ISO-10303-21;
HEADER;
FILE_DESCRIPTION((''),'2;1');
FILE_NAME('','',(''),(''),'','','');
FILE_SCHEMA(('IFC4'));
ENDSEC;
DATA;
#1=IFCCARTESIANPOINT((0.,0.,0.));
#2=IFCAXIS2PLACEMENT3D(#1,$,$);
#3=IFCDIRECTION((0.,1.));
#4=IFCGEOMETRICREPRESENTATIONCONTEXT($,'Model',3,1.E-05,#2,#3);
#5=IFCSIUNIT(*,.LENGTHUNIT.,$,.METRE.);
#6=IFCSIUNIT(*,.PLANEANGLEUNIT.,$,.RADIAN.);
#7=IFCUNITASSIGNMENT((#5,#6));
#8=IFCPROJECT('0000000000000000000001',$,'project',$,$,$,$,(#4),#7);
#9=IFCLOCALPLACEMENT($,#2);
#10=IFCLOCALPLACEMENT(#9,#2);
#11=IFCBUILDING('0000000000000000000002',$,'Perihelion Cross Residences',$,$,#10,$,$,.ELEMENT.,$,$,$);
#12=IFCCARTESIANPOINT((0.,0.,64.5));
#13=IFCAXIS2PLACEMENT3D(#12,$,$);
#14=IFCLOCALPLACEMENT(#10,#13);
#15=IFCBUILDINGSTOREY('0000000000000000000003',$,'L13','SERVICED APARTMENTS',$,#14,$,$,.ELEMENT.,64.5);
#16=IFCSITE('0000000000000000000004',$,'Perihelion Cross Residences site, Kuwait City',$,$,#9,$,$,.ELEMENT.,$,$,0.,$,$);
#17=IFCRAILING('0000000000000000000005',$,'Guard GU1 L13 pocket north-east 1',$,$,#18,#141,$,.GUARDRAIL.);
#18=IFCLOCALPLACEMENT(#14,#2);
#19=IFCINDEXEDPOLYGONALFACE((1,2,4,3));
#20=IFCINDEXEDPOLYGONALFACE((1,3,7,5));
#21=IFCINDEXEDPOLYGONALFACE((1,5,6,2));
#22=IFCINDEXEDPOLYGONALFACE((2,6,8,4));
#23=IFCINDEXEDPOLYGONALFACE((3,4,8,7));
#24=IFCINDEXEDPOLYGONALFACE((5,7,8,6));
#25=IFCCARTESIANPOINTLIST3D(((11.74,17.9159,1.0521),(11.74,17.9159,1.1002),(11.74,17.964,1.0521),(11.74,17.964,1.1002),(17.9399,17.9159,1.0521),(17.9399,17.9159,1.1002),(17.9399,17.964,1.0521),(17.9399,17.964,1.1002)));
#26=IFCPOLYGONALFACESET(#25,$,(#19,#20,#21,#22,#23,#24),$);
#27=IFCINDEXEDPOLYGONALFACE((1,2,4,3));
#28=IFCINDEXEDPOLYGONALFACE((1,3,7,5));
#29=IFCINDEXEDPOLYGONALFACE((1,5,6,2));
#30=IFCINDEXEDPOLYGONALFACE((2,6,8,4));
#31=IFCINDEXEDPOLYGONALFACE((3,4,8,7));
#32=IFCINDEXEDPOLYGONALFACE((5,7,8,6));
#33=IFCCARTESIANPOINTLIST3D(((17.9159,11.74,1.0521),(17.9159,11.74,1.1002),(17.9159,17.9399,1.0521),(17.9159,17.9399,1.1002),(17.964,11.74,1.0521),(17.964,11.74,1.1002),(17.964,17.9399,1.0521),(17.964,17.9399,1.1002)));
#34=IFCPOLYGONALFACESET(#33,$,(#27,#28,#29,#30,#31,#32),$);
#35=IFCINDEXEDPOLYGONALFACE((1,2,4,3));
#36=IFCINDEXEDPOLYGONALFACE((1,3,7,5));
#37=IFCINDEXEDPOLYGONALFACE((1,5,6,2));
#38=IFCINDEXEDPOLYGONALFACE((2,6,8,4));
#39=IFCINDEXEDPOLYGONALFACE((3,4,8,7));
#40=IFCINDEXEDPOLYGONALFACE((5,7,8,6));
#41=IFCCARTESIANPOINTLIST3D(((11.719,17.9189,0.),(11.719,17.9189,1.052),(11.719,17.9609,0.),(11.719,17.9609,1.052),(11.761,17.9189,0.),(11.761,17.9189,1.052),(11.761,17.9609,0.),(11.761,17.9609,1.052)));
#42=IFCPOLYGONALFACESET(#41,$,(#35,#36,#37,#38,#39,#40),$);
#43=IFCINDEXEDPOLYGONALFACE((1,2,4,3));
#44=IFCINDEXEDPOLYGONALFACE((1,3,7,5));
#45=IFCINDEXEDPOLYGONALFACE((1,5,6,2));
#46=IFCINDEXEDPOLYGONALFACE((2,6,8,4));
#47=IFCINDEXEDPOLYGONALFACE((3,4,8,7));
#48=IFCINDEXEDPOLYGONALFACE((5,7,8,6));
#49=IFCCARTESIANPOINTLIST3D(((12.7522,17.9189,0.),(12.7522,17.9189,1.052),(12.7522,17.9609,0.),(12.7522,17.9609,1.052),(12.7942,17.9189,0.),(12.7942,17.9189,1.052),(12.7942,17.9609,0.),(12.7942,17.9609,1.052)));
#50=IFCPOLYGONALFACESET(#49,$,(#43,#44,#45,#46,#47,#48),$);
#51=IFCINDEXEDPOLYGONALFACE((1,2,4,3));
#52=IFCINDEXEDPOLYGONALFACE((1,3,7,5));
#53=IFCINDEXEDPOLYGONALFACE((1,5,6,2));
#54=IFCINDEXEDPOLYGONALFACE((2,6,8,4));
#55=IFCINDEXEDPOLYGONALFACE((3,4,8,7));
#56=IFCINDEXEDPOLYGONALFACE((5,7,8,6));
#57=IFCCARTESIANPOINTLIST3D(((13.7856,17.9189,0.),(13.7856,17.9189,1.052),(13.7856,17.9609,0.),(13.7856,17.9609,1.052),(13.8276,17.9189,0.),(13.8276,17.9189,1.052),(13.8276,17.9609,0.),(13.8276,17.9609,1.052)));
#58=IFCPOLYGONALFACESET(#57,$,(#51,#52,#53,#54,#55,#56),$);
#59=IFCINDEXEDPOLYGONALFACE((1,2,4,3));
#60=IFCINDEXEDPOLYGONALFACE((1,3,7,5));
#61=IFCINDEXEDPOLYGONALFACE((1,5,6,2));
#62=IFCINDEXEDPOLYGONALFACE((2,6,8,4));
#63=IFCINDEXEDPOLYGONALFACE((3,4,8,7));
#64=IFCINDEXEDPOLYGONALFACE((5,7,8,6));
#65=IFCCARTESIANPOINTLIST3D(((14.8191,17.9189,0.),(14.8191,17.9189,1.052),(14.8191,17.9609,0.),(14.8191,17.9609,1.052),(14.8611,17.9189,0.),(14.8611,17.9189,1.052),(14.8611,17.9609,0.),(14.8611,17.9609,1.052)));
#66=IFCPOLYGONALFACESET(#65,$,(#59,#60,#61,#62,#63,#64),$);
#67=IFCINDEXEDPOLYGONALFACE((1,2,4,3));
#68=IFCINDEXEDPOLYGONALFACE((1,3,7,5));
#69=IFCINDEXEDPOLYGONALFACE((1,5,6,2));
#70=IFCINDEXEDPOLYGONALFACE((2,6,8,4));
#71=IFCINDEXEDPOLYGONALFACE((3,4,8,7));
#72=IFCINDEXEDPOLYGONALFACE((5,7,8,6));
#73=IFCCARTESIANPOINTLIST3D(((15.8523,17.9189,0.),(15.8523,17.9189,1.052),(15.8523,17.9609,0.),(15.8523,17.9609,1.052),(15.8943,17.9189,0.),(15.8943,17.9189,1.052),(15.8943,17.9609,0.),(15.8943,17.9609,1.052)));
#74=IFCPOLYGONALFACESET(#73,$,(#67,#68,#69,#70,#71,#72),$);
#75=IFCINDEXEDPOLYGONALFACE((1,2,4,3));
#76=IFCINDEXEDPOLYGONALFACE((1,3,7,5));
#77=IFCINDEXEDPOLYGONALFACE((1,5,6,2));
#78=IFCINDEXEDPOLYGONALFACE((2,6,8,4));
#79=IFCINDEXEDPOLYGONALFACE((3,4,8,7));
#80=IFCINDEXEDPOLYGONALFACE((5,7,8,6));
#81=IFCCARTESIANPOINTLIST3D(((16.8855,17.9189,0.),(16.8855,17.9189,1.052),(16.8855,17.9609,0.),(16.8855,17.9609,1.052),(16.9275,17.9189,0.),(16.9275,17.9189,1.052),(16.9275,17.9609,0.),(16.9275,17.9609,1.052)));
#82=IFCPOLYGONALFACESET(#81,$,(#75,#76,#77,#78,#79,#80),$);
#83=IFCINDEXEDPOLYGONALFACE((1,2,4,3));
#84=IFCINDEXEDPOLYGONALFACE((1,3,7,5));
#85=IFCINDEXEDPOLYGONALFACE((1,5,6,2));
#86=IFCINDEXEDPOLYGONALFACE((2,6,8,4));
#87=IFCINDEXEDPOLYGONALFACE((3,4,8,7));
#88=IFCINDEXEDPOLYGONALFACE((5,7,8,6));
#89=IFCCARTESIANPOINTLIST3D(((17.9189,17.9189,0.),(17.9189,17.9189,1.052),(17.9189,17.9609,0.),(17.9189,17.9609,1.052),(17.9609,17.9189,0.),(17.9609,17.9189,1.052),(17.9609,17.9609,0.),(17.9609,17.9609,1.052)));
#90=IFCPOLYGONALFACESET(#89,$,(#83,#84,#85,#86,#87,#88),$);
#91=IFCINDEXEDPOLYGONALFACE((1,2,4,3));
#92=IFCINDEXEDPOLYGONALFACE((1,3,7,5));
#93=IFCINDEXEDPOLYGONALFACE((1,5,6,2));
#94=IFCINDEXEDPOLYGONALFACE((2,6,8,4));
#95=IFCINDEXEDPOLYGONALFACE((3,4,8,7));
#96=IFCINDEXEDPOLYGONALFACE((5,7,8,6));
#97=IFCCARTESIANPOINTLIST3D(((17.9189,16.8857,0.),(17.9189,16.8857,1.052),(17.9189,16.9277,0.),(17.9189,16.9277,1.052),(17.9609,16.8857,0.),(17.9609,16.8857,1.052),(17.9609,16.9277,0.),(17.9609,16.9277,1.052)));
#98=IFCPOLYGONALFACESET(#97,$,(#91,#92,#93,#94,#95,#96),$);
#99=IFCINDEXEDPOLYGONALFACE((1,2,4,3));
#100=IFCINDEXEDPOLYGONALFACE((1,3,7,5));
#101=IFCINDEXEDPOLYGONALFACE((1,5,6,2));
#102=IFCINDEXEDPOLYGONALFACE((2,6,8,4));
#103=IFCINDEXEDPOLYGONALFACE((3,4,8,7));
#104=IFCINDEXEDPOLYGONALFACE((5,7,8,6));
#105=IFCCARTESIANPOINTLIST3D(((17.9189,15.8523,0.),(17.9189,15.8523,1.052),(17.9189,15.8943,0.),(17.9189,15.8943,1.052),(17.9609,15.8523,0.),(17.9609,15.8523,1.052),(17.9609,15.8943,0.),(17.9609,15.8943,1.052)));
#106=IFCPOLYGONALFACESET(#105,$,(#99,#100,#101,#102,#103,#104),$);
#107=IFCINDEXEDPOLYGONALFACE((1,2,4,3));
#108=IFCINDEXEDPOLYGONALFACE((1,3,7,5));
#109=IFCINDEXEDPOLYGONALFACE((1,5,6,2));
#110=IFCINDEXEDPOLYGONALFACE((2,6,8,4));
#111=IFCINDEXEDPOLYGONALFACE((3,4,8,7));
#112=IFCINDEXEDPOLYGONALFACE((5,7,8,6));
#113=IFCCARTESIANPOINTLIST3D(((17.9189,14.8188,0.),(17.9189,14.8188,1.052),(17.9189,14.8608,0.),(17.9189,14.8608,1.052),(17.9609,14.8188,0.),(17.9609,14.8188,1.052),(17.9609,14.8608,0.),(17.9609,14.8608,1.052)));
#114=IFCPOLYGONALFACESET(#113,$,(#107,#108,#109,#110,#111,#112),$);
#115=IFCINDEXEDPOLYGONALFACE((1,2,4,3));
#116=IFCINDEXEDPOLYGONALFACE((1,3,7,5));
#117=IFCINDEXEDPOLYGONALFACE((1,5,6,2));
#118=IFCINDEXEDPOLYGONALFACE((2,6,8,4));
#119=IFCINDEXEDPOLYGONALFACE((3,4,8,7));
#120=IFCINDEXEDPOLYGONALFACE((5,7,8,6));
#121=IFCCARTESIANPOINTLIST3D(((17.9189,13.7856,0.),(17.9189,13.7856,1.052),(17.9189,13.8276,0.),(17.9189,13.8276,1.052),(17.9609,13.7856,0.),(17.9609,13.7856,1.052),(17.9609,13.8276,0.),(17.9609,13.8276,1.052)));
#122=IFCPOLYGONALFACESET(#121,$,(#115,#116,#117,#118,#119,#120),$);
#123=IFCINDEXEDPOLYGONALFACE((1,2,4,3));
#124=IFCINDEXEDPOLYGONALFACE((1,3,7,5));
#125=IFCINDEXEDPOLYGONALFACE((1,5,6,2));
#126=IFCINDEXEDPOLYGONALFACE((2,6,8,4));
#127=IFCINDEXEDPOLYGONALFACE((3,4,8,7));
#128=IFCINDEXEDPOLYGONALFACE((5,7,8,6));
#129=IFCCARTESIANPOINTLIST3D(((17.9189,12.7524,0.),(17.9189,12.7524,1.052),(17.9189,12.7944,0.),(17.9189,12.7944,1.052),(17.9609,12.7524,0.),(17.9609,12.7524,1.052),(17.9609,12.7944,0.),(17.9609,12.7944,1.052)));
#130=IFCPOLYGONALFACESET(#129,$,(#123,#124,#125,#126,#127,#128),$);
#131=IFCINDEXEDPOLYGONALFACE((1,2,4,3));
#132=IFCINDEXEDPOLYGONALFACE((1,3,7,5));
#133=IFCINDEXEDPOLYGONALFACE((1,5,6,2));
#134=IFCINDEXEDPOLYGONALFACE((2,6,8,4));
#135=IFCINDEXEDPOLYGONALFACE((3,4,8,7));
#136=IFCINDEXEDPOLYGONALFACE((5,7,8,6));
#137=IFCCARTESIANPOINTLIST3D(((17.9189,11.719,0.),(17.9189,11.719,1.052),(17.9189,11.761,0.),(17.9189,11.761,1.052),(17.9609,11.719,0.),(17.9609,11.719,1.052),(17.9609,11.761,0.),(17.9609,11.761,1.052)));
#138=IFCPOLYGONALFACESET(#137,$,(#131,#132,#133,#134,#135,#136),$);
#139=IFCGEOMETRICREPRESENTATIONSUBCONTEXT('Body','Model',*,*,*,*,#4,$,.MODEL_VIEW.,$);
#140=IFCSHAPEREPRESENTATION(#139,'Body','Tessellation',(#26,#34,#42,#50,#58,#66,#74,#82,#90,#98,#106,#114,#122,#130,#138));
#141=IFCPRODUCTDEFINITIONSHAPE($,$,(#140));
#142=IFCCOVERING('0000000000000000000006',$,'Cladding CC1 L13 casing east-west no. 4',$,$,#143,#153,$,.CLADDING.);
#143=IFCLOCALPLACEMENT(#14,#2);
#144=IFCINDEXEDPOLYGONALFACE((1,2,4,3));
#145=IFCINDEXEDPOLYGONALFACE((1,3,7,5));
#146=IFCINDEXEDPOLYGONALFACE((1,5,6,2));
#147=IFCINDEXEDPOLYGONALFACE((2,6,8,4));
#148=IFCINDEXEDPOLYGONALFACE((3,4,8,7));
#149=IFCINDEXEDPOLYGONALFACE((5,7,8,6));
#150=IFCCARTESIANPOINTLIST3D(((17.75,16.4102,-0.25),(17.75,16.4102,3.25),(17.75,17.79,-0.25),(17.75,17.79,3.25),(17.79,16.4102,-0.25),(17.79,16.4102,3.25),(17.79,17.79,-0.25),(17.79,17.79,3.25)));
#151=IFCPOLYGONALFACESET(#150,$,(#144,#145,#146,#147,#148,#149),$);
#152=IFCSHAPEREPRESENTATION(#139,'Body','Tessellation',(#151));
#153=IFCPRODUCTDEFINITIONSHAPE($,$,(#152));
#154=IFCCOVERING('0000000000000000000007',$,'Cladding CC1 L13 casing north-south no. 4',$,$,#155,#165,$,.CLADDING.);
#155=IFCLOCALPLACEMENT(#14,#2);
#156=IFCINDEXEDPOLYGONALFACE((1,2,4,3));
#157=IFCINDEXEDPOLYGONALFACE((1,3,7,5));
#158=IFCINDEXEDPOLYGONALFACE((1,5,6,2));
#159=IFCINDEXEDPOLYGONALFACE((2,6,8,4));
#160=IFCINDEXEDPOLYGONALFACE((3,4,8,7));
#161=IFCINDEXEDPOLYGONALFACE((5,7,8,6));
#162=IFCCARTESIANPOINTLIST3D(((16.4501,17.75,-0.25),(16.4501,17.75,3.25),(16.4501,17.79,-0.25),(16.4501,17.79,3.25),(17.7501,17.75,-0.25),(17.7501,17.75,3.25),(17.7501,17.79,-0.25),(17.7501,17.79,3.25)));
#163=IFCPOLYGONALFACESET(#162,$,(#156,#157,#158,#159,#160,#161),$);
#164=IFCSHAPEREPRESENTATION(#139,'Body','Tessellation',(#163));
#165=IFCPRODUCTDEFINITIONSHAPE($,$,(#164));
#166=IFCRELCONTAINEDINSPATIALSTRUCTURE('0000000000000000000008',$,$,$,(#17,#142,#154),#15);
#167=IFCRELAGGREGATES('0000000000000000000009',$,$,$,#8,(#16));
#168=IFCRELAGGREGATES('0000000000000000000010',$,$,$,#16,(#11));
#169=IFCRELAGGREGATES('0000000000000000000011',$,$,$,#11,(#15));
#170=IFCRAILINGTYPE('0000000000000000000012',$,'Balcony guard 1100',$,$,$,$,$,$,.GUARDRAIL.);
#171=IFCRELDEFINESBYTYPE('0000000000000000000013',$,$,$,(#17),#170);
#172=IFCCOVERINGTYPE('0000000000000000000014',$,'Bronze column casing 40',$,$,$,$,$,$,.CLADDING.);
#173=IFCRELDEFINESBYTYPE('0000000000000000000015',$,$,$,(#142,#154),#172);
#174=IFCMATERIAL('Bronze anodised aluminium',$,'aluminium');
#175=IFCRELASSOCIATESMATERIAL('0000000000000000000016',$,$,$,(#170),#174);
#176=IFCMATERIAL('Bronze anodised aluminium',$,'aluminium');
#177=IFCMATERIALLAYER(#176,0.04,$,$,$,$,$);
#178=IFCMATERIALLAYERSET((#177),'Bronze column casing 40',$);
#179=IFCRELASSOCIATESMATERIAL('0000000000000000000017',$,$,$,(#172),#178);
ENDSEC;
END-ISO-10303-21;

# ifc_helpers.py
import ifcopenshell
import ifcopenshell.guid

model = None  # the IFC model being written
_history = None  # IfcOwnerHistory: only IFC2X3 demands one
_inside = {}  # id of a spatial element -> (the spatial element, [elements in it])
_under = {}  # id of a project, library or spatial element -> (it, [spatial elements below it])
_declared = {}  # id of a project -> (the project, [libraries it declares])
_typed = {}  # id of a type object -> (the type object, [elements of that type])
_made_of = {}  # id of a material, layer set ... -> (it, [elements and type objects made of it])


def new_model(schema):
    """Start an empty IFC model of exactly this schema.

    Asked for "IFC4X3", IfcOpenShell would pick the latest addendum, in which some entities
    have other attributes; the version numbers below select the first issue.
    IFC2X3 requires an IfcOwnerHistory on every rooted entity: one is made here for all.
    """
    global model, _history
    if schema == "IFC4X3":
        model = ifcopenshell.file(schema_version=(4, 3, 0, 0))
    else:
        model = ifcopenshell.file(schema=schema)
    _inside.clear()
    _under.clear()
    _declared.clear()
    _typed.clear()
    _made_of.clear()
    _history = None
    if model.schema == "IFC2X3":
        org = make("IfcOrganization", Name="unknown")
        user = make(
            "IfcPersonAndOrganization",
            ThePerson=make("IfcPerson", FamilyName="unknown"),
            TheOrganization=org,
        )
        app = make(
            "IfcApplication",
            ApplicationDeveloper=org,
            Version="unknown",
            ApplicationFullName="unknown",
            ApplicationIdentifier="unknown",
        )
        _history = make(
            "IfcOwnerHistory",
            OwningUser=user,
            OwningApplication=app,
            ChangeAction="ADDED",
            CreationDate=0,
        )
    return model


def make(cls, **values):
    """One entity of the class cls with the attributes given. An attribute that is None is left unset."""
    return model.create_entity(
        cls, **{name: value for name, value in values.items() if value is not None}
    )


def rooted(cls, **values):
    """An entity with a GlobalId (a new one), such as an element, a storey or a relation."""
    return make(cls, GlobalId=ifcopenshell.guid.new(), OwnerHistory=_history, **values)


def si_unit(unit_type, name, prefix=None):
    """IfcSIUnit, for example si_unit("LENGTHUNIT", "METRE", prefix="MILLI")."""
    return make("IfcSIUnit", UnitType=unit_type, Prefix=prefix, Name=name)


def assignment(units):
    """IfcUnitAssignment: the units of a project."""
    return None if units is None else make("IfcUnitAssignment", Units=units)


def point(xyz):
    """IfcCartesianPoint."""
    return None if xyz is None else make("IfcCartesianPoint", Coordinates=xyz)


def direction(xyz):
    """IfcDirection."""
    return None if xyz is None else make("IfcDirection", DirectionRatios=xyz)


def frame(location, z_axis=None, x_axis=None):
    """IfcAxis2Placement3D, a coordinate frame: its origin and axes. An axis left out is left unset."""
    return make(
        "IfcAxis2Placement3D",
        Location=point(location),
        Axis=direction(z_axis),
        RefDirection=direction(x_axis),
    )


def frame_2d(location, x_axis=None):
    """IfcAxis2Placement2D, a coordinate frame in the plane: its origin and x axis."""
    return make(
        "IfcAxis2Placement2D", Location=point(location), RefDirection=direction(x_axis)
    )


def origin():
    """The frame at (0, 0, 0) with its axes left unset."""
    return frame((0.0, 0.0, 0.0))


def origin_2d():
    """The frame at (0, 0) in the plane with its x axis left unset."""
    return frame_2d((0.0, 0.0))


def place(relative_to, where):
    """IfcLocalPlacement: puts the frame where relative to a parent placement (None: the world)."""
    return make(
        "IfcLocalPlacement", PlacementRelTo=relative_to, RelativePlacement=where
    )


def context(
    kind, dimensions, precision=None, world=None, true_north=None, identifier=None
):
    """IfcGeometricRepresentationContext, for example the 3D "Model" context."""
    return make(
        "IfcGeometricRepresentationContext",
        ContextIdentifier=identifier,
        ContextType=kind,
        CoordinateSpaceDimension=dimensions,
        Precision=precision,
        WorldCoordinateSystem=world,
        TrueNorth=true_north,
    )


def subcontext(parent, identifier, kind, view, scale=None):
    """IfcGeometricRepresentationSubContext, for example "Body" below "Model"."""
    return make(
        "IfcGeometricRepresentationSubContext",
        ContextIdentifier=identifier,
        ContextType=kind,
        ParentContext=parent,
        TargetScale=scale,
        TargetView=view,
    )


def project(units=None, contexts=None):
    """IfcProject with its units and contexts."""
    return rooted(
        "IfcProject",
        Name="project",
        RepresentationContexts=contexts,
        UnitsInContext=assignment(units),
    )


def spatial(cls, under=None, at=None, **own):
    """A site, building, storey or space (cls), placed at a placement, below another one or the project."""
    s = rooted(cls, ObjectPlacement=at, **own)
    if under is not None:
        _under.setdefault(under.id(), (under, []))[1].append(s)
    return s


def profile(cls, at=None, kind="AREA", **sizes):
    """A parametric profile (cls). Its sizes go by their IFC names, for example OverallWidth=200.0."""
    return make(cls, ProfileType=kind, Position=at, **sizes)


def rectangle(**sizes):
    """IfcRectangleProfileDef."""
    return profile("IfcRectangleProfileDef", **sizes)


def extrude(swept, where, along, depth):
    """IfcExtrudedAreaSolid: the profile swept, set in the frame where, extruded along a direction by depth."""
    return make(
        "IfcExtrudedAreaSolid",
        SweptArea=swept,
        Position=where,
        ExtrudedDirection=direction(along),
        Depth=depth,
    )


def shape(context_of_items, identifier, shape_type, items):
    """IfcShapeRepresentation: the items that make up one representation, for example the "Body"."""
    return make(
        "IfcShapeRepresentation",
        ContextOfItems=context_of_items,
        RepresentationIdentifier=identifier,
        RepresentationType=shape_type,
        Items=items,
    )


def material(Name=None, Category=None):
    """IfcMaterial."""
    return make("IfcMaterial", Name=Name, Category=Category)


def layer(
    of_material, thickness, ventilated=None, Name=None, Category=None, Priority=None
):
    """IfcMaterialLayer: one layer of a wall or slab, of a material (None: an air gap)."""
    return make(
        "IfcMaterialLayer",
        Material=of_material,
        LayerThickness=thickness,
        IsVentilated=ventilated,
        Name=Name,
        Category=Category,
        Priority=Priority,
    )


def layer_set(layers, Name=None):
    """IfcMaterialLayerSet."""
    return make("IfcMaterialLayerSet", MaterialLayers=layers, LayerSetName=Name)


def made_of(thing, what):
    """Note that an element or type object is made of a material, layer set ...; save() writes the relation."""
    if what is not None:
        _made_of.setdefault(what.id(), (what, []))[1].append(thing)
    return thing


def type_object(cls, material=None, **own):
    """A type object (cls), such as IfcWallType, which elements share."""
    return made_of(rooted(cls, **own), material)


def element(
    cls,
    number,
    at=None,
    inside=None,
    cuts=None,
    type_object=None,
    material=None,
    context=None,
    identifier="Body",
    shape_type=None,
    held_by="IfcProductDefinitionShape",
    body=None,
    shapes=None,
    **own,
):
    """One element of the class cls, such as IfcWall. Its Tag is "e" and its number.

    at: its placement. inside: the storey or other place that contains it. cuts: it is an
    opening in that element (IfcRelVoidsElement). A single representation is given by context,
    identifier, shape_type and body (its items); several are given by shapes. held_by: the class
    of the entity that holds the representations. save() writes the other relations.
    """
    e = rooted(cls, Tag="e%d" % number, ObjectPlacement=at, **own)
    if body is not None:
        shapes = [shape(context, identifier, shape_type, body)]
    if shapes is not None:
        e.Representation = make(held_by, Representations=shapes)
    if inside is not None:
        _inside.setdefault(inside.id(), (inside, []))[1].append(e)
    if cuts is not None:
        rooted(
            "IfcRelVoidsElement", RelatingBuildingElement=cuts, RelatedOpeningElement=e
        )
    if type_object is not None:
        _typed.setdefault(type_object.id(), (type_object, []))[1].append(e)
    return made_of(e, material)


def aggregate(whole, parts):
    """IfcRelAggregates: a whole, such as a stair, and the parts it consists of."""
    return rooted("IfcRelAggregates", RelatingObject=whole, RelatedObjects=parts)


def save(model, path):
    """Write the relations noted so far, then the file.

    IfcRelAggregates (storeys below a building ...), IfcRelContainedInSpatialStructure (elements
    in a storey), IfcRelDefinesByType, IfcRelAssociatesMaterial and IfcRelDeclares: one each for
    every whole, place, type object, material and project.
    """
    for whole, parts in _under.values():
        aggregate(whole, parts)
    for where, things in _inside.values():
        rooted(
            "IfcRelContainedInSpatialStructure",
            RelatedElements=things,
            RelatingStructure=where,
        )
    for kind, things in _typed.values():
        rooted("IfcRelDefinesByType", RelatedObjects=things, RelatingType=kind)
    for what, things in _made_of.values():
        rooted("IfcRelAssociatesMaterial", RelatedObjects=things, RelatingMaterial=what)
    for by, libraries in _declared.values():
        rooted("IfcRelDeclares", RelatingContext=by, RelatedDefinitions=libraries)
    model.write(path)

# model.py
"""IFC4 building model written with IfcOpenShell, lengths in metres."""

from ifc_helpers import new_model, si_unit, direction, frame, origin, origin_2d, place, context, subcontext, project, spatial, rectangle, extrude, material, layer, layer_set, type_object, element, save


model = new_model("IFC4")

# Units and contexts
model_context = context("Model", 3, precision=1e-05, world=origin(), true_north=direction((0.0, 1.0)))
body_context = subcontext(model_context, "Body", "Model", "MODEL_VIEW")
ifc_project = project(units=[si_unit("LENGTHUNIT", "METRE"), si_unit("PLANEANGLEUNIT", "RADIAN")], contexts=[model_context])

# Site, building, storey
site_placement = place(None, origin())
site = spatial("IfcSite", under=ifc_project, at=site_placement, Name="Perihelion Cross Residences site, Kuwait City", CompositionType="ELEMENT", RefElevation=0.0)
building_placement = place(site_placement, origin())
building = spatial("IfcBuilding", under=site, at=building_placement, Name="Perihelion Cross Residences", CompositionType="ELEMENT")
storey_placement = place(building_placement, frame((0.0, 0.0, 64.5)))
storey = spatial("IfcBuildingStorey", under=building, at=storey_placement, Name="L13", Description="SERVICED APARTMENTS", CompositionType="ELEMENT", Elevation=64.5)

# Railing
ifc_material_1 = material(Name="Bronze anodised aluminium", Category="aluminium")
railing_type = type_object("IfcRailingType", Name="Balcony guard 1100", PredefinedType="GUARDRAIL", material=ifc_material_1)
railing_1_placement = place(storey_placement, frame((11.74, 17.9399, 0.0)))
element("IfcRailing", 1, at=railing_1_placement, inside=storey, type_object=railing_type, Name="Guard GU1 L13 pocket north-east 1", PredefinedType="GUARDRAIL", context=body_context, shape_type="SweptSolid", body=[
    extrude(rectangle(XDim=0.0481, YDim=0.0481, at=origin_2d()), frame((0.0, 0.0, 1.0762), z_axis=(1.0, 0.0, 0.0), x_axis=(0.0, 1.0, 0.0)), (0.0, 0.0, 1.0), 6.2),
    extrude(rectangle(XDim=0.0481, YDim=0.0481, at=origin_2d()), frame((6.2, 0.0, 1.0762), z_axis=(0.0, -1.0, 0.0), x_axis=(1.0, 0.0, 0.0)), (0.0, 0.0, 1.0), 6.2),
    extrude(rectangle(XDim=0.042, YDim=0.042, at=origin_2d()), origin(), (0.0, 0.0, 1.0), 1.052),
    extrude(rectangle(XDim=0.042, YDim=0.042, at=origin_2d()), frame((1.0332, 0.0, 0.0)), (0.0, 0.0, 1.0), 1.052),
    extrude(rectangle(XDim=0.042, YDim=0.042, at=origin_2d()), frame((2.0667, 0.0, 0.0)), (0.0, 0.0, 1.0), 1.052),
    extrude(rectangle(XDim=0.042, YDim=0.042, at=origin_2d()), frame((3.1001, 0.0, 0.0)), (0.0, 0.0, 1.0), 1.052),
    extrude(rectangle(XDim=0.042, YDim=0.042, at=origin_2d()), frame((4.1333, 0.0, 0.0)), (0.0, 0.0, 1.0), 1.052),
    extrude(rectangle(XDim=0.042, YDim=0.042, at=origin_2d()), frame((5.1665, 0.0, 0.0)), (0.0, 0.0, 1.0), 1.052),
    extrude(rectangle(XDim=0.042, YDim=0.042, at=origin_2d()), frame((6.2, 0.0, 0.0)), (0.0, 0.0, 1.0), 1.052),
    extrude(rectangle(XDim=0.042, YDim=0.042, at=origin_2d()), frame((6.2, -1.0332, 0.0)), (0.0, 0.0, 1.0), 1.052),
    extrude(rectangle(XDim=0.042, YDim=0.042, at=origin_2d()), frame((6.2, -2.0667, 0.0)), (0.0, 0.0, 1.0), 1.052),
    extrude(rectangle(XDim=0.042, YDim=0.042, at=origin_2d()), frame((6.2, -3.1001, 0.0)), (0.0, 0.0, 1.0), 1.052),
    extrude(rectangle(XDim=0.042, YDim=0.042, at=origin_2d()), frame((6.2, -4.1333, 0.0)), (0.0, 0.0, 1.0), 1.052),
    extrude(rectangle(XDim=0.042, YDim=0.042, at=origin_2d()), frame((6.2, -5.1665, 0.0)), (0.0, 0.0, 1.0), 1.052),
    extrude(rectangle(XDim=0.042, YDim=0.042, at=origin_2d()), frame((6.2, -6.2, 0.0)), (0.0, 0.0, 1.0), 1.052),
])

# Coverings
ifc_material_2 = material(Name="Bronze anodised aluminium", Category="aluminium")
ifc_layer_1 = layer(ifc_material_2, 0.04)
ifc_layer_set_1 = layer_set([ifc_layer_1], Name="Bronze column casing 40")
covering_type = type_object("IfcCoveringType", Name="Bronze column casing 40", PredefinedType="CLADDING", material=ifc_layer_set_1)
covering_1_placement = place(storey_placement, frame((17.77, 17.1001, -0.25), z_axis=(0.0, 0.0, 1.0), x_axis=(1.0, 0.0, 0.0)))
element("IfcCovering", 2, at=covering_1_placement, inside=storey, type_object=covering_type, Name="Cladding CC1 L13 casing east-west no. 4", PredefinedType="CLADDING", context=body_context, shape_type="SweptSolid", body=[
    extrude(rectangle(XDim=0.04, YDim=1.3799, at=origin_2d()), origin(), (0.0, 0.0, 1.0), 3.5),
])
covering_2_placement = place(storey_placement, frame((17.1001, 17.77, -0.25), z_axis=(0.0, 0.0, 1.0), x_axis=(1.0, 0.0, 0.0)))
element("IfcCovering", 3, at=covering_2_placement, inside=storey, type_object=covering_type, Name="Cladding CC1 L13 casing north-south no. 4", PredefinedType="CLADDING", context=body_context, shape_type="SweptSolid", body=[
    extrude(rectangle(XDim=1.3, YDim=0.04, at=origin_2d()), origin(), (0.0, 0.0, 1.0), 3.5),
])

save(model, "model.ifc")
